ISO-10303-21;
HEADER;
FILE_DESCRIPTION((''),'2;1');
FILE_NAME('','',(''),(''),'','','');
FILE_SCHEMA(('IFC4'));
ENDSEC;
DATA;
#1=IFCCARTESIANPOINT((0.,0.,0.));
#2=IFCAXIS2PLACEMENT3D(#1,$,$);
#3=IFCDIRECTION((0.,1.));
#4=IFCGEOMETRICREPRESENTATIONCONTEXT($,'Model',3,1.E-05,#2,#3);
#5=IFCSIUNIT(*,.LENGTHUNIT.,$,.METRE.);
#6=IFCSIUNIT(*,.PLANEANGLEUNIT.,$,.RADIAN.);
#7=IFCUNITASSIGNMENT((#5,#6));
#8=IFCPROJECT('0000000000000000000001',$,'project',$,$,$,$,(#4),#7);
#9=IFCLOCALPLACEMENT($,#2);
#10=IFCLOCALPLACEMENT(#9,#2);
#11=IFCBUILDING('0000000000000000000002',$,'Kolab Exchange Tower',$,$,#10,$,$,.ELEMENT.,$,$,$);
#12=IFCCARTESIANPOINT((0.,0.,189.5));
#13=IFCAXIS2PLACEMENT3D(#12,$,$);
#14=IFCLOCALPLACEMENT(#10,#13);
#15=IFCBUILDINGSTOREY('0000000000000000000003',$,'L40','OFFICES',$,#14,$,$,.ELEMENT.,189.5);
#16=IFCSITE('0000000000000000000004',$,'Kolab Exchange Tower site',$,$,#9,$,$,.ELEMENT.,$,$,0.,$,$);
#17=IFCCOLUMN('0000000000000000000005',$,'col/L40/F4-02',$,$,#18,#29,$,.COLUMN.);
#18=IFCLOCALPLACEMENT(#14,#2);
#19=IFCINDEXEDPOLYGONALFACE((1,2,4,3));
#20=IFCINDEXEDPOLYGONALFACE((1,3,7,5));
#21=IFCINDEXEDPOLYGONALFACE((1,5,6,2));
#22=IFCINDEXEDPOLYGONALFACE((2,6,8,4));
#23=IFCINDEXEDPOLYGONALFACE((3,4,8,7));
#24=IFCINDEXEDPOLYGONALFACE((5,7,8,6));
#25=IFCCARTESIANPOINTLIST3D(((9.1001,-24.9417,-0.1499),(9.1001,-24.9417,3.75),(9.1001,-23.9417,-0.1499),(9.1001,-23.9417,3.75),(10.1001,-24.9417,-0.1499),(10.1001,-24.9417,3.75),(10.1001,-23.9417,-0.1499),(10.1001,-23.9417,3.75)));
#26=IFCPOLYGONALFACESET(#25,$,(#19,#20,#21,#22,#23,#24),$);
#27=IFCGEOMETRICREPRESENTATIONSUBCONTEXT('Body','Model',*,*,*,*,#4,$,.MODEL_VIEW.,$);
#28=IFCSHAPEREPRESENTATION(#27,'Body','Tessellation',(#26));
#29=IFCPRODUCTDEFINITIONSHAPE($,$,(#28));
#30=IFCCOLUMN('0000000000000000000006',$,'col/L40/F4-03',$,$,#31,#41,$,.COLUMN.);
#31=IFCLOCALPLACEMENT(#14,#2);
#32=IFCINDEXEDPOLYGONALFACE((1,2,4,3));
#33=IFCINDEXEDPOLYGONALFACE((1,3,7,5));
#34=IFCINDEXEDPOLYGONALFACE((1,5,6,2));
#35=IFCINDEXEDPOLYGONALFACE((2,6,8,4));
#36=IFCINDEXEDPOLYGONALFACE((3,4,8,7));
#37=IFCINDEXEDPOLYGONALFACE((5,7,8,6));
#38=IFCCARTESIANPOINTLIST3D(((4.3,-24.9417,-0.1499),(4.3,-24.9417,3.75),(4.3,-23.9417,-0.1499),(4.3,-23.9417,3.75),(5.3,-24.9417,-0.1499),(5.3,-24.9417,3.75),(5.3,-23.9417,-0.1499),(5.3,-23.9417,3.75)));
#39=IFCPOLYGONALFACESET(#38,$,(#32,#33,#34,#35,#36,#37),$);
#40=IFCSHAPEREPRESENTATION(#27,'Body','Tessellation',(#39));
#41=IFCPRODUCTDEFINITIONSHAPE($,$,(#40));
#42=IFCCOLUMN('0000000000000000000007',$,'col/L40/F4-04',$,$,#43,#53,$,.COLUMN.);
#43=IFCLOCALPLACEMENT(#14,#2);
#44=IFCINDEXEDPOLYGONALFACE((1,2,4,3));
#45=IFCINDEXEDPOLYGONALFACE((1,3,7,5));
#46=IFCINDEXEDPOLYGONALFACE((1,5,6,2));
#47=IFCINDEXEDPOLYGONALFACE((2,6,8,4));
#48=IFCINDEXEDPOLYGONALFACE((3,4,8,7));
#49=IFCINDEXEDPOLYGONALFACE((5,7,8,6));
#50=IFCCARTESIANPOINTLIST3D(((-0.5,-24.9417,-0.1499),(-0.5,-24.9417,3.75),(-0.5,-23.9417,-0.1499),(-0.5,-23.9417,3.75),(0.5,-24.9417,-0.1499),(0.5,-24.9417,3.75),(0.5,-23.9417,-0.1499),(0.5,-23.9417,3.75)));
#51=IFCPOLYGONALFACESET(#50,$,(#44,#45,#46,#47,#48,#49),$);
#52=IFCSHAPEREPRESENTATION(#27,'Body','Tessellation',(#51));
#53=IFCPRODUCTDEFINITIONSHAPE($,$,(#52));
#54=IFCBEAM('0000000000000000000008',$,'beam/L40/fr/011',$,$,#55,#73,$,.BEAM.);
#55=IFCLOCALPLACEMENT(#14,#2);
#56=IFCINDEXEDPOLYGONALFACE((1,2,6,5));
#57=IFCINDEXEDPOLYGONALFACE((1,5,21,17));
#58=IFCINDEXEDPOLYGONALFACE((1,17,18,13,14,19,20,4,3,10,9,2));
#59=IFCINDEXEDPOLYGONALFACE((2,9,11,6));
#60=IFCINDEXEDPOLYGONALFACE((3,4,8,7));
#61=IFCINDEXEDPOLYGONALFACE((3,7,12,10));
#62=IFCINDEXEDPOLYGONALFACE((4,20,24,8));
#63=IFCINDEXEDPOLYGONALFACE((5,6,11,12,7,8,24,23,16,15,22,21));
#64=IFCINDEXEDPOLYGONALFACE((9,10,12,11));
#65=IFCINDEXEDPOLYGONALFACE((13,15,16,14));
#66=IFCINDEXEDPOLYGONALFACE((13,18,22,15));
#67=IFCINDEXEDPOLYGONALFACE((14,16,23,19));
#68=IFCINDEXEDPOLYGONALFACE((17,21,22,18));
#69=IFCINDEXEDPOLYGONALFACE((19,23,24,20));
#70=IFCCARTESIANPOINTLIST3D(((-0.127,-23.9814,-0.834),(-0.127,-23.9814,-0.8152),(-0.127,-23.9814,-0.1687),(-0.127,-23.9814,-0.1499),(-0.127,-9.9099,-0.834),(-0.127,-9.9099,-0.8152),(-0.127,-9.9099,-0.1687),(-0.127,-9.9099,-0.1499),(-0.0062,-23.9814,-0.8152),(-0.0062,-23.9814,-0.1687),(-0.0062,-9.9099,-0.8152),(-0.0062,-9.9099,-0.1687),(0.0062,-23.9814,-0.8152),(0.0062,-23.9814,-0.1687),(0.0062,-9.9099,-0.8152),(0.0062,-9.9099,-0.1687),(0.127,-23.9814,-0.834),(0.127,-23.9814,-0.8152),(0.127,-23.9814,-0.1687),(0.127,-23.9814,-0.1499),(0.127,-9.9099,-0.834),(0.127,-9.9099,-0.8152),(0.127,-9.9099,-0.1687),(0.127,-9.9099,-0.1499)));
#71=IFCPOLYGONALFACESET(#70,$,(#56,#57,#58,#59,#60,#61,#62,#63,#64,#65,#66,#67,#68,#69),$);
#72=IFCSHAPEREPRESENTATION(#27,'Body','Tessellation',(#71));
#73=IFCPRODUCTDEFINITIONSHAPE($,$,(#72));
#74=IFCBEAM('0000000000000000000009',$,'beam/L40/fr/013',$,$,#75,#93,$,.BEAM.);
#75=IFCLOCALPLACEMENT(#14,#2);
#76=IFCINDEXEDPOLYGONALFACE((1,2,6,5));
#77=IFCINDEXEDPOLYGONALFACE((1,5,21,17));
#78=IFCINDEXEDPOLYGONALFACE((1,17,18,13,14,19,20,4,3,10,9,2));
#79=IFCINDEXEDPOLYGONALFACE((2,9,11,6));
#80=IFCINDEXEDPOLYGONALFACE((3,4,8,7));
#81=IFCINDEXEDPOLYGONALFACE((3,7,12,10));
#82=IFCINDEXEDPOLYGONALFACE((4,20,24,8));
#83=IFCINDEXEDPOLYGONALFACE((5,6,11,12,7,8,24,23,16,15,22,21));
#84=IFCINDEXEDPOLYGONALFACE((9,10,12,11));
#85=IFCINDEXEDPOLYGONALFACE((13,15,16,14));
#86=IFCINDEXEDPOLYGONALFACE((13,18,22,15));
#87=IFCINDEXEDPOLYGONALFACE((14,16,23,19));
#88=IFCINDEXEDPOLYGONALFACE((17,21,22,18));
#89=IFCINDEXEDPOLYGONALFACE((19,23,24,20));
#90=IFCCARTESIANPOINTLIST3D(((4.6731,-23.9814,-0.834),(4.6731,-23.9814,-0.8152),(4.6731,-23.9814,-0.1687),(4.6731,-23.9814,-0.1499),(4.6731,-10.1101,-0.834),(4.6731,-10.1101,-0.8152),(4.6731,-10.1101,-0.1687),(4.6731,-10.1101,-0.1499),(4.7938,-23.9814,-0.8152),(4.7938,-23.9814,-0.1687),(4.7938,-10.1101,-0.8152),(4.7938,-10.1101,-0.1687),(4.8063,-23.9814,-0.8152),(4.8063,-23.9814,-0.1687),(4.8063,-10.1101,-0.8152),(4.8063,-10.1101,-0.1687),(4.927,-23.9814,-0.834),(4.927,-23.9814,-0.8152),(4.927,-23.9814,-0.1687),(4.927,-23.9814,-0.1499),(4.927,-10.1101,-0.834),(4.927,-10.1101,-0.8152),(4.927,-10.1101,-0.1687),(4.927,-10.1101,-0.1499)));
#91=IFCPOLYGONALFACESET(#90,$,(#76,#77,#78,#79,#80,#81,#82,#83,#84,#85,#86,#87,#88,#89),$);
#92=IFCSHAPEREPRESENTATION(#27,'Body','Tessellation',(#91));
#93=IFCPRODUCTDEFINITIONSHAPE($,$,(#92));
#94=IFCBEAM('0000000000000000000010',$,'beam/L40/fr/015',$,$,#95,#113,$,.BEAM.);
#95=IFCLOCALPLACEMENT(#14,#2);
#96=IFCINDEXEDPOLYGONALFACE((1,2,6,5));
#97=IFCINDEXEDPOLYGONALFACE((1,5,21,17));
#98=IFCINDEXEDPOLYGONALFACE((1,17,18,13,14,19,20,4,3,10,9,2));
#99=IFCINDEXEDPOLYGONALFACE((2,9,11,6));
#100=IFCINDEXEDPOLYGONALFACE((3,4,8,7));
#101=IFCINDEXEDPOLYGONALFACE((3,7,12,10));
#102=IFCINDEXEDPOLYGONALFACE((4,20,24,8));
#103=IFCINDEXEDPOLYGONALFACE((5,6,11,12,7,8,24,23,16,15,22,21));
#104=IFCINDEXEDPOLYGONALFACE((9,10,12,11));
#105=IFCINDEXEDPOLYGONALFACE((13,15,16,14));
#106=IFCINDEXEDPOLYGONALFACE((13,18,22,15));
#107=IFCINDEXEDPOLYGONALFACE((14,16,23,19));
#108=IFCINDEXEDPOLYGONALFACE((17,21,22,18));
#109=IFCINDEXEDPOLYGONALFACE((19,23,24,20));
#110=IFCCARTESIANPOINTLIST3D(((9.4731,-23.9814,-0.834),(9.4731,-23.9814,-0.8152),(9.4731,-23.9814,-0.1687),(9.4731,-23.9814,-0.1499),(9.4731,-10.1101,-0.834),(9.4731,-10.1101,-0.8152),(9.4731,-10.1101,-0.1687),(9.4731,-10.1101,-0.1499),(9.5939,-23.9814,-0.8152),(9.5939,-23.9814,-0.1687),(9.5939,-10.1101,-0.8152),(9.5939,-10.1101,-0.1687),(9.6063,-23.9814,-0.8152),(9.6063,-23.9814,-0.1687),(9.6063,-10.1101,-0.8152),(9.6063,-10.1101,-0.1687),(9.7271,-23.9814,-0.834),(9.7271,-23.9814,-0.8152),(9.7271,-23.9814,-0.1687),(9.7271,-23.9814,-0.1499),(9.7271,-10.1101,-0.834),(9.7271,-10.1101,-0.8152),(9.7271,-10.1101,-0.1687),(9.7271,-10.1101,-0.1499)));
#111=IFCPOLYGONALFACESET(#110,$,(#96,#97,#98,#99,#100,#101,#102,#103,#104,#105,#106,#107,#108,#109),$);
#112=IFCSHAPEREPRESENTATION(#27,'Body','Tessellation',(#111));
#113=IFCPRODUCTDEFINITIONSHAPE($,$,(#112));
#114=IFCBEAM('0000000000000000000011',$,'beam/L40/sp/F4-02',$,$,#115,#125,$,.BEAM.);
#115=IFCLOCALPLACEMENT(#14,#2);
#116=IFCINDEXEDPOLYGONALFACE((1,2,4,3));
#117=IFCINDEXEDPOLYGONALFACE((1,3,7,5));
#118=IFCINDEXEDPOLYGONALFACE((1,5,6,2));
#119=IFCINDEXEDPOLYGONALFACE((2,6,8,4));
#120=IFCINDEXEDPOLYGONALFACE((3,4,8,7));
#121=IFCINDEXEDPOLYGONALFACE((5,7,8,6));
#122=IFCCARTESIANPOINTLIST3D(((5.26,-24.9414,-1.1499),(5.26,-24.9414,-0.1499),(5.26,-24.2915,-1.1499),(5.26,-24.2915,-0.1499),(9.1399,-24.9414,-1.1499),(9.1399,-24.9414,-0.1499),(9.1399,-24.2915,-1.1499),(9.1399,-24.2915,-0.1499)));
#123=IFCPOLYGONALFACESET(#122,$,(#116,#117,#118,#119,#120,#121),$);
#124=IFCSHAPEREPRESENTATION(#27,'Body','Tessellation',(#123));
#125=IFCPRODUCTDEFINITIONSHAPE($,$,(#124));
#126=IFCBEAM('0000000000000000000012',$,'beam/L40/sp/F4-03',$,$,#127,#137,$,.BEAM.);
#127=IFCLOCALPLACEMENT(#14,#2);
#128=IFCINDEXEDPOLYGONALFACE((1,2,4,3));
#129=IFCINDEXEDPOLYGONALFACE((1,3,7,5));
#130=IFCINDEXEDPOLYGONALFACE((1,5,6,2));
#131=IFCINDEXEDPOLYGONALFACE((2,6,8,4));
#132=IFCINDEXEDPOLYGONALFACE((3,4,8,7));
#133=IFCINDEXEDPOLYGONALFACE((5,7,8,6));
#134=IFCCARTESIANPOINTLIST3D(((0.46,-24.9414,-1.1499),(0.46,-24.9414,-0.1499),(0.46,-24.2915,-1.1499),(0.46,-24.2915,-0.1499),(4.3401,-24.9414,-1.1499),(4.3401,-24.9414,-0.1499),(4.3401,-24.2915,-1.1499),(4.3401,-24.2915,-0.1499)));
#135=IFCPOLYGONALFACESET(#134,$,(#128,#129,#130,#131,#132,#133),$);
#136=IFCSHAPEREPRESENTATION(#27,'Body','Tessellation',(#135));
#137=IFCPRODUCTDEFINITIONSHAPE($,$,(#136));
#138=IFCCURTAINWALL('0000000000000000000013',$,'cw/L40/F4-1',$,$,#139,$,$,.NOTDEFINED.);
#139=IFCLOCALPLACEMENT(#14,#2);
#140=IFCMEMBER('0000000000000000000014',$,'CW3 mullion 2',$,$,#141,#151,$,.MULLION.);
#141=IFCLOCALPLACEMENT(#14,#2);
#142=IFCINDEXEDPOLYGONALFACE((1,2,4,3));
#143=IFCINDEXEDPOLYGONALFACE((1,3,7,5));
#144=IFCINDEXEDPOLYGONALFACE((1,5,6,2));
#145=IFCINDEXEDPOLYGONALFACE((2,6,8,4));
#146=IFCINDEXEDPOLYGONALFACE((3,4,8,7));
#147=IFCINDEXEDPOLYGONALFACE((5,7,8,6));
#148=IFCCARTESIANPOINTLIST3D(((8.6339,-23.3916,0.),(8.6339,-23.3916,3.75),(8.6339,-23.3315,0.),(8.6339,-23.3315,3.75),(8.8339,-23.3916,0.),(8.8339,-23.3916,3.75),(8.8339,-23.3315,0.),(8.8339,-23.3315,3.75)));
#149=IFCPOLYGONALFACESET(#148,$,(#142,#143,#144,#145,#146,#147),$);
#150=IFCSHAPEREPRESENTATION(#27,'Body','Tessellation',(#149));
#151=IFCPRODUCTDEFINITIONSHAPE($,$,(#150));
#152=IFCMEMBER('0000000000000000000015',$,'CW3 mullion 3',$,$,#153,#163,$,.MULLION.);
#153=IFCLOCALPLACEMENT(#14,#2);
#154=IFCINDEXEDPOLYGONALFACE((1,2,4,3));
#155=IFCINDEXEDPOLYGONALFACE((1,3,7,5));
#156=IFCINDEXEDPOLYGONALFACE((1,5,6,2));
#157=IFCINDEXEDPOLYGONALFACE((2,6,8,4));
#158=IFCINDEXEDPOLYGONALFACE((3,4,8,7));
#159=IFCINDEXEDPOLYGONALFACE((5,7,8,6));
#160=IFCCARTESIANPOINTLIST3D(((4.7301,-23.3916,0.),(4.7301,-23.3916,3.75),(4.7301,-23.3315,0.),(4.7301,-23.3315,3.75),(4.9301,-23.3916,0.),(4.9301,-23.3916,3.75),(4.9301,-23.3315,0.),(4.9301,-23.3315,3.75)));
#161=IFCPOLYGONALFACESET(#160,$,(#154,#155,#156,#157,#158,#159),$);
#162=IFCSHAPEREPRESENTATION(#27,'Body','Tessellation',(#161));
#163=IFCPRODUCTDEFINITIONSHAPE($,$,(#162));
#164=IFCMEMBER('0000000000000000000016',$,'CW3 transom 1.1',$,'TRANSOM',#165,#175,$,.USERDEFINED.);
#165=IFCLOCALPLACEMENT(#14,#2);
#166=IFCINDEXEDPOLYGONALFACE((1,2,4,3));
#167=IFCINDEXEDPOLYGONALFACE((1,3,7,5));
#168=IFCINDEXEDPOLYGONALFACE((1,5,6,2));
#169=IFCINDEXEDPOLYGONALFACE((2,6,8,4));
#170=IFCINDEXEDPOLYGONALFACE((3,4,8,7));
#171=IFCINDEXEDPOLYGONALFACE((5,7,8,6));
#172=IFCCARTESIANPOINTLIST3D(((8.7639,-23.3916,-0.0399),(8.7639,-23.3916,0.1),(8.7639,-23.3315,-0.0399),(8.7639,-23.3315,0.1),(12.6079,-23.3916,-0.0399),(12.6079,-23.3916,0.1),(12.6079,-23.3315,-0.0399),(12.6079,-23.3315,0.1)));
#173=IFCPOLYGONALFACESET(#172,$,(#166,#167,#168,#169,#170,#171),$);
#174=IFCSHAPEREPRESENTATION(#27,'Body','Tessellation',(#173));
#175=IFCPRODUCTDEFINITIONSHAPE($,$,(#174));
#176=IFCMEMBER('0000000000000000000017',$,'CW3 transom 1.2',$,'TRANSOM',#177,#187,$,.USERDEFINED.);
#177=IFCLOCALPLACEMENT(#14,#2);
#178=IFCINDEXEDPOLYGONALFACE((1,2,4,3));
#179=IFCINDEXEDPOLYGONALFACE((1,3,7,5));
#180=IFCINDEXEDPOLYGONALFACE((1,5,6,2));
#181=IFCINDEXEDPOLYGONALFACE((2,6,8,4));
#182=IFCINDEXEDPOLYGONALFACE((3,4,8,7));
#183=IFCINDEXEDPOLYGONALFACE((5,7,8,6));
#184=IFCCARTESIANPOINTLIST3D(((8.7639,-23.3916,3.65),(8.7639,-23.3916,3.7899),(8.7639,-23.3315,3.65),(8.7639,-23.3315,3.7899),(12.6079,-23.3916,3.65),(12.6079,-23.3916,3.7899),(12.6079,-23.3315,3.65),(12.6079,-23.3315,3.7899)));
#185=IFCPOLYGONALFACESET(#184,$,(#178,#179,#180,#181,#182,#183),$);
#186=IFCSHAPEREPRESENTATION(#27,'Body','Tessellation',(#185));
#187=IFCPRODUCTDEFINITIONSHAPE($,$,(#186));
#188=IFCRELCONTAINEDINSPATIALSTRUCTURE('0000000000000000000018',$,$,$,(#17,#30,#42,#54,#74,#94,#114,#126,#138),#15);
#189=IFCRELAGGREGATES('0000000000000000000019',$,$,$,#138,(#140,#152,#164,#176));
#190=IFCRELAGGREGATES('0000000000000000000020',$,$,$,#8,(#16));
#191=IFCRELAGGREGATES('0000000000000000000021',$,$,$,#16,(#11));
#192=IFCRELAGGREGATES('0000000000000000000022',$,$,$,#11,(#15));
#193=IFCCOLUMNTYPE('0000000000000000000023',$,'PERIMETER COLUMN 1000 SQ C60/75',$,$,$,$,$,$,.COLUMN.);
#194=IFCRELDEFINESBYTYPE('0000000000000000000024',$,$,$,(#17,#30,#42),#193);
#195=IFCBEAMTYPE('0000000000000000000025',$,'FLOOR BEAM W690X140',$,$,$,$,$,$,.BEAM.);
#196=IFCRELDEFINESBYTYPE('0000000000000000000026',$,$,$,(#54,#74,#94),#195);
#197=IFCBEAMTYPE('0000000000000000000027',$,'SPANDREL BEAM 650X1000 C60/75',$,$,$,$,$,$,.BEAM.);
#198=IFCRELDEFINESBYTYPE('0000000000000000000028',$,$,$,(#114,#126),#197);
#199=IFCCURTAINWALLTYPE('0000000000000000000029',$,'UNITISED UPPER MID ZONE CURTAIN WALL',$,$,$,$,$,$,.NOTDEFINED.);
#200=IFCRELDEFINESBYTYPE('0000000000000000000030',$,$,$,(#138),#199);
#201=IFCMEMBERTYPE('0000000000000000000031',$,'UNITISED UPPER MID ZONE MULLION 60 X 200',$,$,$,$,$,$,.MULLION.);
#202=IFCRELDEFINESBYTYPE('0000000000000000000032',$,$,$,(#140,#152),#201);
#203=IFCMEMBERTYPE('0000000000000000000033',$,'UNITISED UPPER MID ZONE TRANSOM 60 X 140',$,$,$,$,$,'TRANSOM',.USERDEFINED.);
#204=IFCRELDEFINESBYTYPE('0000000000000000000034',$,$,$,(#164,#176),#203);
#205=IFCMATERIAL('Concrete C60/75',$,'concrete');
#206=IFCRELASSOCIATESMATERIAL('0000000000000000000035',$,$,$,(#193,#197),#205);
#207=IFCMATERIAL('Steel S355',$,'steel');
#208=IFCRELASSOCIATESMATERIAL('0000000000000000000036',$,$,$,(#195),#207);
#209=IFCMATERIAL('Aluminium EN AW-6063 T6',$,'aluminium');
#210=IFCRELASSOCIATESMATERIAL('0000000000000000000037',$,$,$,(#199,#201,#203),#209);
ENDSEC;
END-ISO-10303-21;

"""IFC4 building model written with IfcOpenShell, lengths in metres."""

from ifc_helpers import new_model, si_unit, direction, frame, origin, origin_2d, place, context, subcontext, project, spatial, rectangle, i_section, extrude, material, material_profile, profile_set, type_object, element, aggregate, save


model = new_model("IFC4")

# Units and contexts
model_context = context("Model", 3, precision=1e-05, world=origin(), true_north=direction((0.0, 1.0)))
body_context = subcontext(model_context, "Body", "Model", "MODEL_VIEW")
ifc_project = project(units=[si_unit("LENGTHUNIT", "METRE"), si_unit("PLANEANGLEUNIT", "RADIAN")], contexts=[model_context])

# Site, building, storey
site_placement = place(None, origin())
site = spatial("IfcSite", under=ifc_project, at=site_placement, Name="Kolab Exchange Tower site", CompositionType="ELEMENT", RefElevation=0.0)
building_placement = place(site_placement, origin())
building = spatial("IfcBuilding", under=site, at=building_placement, Name="Kolab Exchange Tower", CompositionType="ELEMENT")
storey_placement = place(building_placement, frame((0.0, 0.0, 189.5)))
storey = spatial("IfcBuildingStorey", under=building, at=storey_placement, Name="L40", Description="OFFICES", CompositionType="ELEMENT", Elevation=189.5)

# Columns
ifc_material_1 = material(Name="Concrete C60/75", Category="concrete")
ifc_material_profile_1 = material_profile(ifc_material_1, rectangle(XDim=1.0, YDim=1.0, at=origin_2d()), Name="RC1000")
ifc_profile_set_1 = profile_set([ifc_material_profile_1], Name="Concrete C60/75")
column_type = type_object("IfcColumnType", Name="PERIMETER COLUMN 1000 SQ C60/75", PredefinedType="COLUMN", material=ifc_profile_set_1)
for number, where, z_axis, x_axis, name in (
    (1, (9.6001, -24.4417, -0.1499), (0.0, 0.0, 1.0), (1.0, 0.0, 0.0), "col/L40/F4-02"),
    (2, (4.8, -24.4417, -0.1499), (0.0, 0.0, 1.0), (1.0, 0.0, 0.0), "col/L40/F4-03"),
    (3, (0.0, -24.4417, -0.1499), (0.0, 0.0, 1.0), (1.0, 0.0, 0.0), "col/L40/F4-04"),
):
    element("IfcColumn", number, at=place(storey_placement, frame(where, z_axis=z_axis, x_axis=x_axis)), inside=storey, type_object=column_type, Name=name, PredefinedType="COLUMN", context=body_context, shape_type="SweptSolid", body=[
        extrude(rectangle(XDim=1.0, YDim=1.0, at=origin_2d()), origin(), (0.0, 0.0, 1.0), 3.8999),
    ])

# Beams
ifc_material_2 = material(Name="Steel S355", Category="steel")
ifc_material_profile_2 = material_profile(ifc_material_2, i_section(OverallWidth=0.2539, OverallDepth=0.6841, WebThickness=0.0125, FlangeThickness=0.0188, at=origin_2d()), Name="W690X140")
ifc_profile_set_2 = profile_set([ifc_material_profile_2], Name="Steel S355")
beam_type_1 = type_object("IfcBeamType", Name="FLOOR BEAM W690X140", PredefinedType="BEAM", material=ifc_profile_set_2)
beam_1_placement = place(storey_placement, frame((0.0, -23.9814, -0.4919), z_axis=(0.0, 1.0, 0.0), x_axis=(-1.0, 0.0, 0.0)))
element("IfcBeam", 4, at=beam_1_placement, inside=storey, type_object=beam_type_1, Name="beam/L40/fr/011", PredefinedType="BEAM", context=body_context, shape_type="SweptSolid", body=[
    extrude(i_section(OverallWidth=0.2539, OverallDepth=0.6841, WebThickness=0.0125, FlangeThickness=0.0188, at=origin_2d()), origin(), (0.0, 0.0, 1.0), 14.0715),
])
for number, where, z_axis, x_axis, name in (
    (5, (4.8, -23.9814, -0.4919), (0.0, 1.0, 0.0), (-1.0, 0.0, 0.0), "beam/L40/fr/013"),
    (6, (9.6001, -23.9814, -0.4919), (0.0, 1.0, 0.0), (-1.0, 0.0, 0.0), "beam/L40/fr/015"),
):
    element("IfcBeam", number, at=place(storey_placement, frame(where, z_axis=z_axis, x_axis=x_axis)), inside=storey, type_object=beam_type_1, Name=name, PredefinedType="BEAM", context=body_context, shape_type="SweptSolid", body=[
        extrude(i_section(OverallWidth=0.2539, OverallDepth=0.6841, WebThickness=0.0125, FlangeThickness=0.0188, at=origin_2d()), origin(), (0.0, 0.0, 1.0), 13.8713),
    ])
ifc_material_profile_3 = material_profile(ifc_material_1, rectangle(XDim=0.6499, YDim=1.0, at=origin_2d()), Name="RC650X1000")
ifc_profile_set_3 = profile_set([ifc_material_profile_3], Name="Concrete C60/75")
beam_type_2 = type_object("IfcBeamType", Name="SPANDREL BEAM 650X1000 C60/75", PredefinedType="BEAM", material=ifc_profile_set_3)
beam_2_placement = place(storey_placement, frame((9.1399, -24.6165, -0.6499), z_axis=(-1.0, 0.0, 0.0), x_axis=(0.0, -1.0, 0.0)))
element("IfcBeam", 7, at=beam_2_placement, inside=storey, type_object=beam_type_2, Name="beam/L40/sp/F4-02", PredefinedType="BEAM", context=body_context, shape_type="SweptSolid", body=[
    extrude(rectangle(XDim=0.6499, YDim=1.0, at=origin_2d()), origin(), (0.0, 0.0, 1.0), 3.8799),
])
beam_3_placement = place(storey_placement, frame((4.3401, -24.6165, -0.6499), z_axis=(-1.0, 0.0, 0.0), x_axis=(0.0, -1.0, 0.0)))
element("IfcBeam", 8, at=beam_3_placement, inside=storey, type_object=beam_type_2, Name="beam/L40/sp/F4-03", PredefinedType="BEAM", context=body_context, shape_type="SweptSolid", body=[
    extrude(rectangle(XDim=0.6499, YDim=1.0, at=origin_2d()), origin(), (0.0, 0.0, 1.0), 3.8801),
])

# Curtain wall, members
ifc_material_3 = material(Name="Aluminium EN AW-6063 T6", Category="aluminium")
curtain_wall_type = type_object("IfcCurtainWallType", Name="UNITISED UPPER MID ZONE CURTAIN WALL", PredefinedType="NOTDEFINED", material=ifc_material_3)
curtain_wall_placement = place(storey_placement, origin())
curtain_wall = element("IfcCurtainWall", 9, at=curtain_wall_placement, inside=storey, type_object=curtain_wall_type, Name="cw/L40/F4-1", PredefinedType="NOTDEFINED")
ifc_material_profile_4 = material_profile(ifc_material_3, rectangle(XDim=0.0601, YDim=0.2, at=origin_2d()), Name="RECT 60X200")
ifc_profile_set_4 = profile_set([ifc_material_profile_4], Name="Aluminium EN AW-6063 T6")
member_type_1 = type_object("IfcMemberType", Name="UNITISED UPPER MID ZONE MULLION 60 X 200", PredefinedType="MULLION", material=ifc_profile_set_4)
member_1_placement = place(storey_placement, frame((8.7339, -23.3616, 0.0), z_axis=(0.0, 0.0, 1.0), x_axis=(0.0, -1.0, 0.0)))
member_1 = element("IfcMember", 10, at=member_1_placement, type_object=member_type_1, Name="CW3 mullion 2", PredefinedType="MULLION", context=body_context, shape_type="SweptSolid", body=[
    extrude(rectangle(XDim=0.0601, YDim=0.2, at=origin_2d()), origin(), (0.0, 0.0, 1.0), 3.75),
])
member_2_placement = place(storey_placement, frame((4.8301, -23.3616, 0.0), z_axis=(0.0, 0.0, 1.0), x_axis=(0.0, -1.0, 0.0)))
member_2 = element("IfcMember", 11, at=member_2_placement, type_object=member_type_1, Name="CW3 mullion 3", PredefinedType="MULLION", context=body_context, shape_type="SweptSolid", body=[
    extrude(rectangle(XDim=0.0601, YDim=0.2, at=origin_2d()), origin(), (0.0, 0.0, 1.0), 3.75),
])
ifc_material_profile_5 = material_profile(ifc_material_3, rectangle(XDim=0.0601, YDim=0.1399, at=origin_2d()), Name="RECT 60X140")
ifc_profile_set_5 = profile_set([ifc_material_profile_5], Name="Aluminium EN AW-6063 T6")
member_type_2 = type_object("IfcMemberType", Name="UNITISED UPPER MID ZONE TRANSOM 60 X 140", ElementType="TRANSOM", PredefinedType="USERDEFINED", material=ifc_profile_set_5)
member_3_placement = place(storey_placement, frame((12.6079, -23.3616, 0.03), z_axis=(-1.0, 0.0, 0.0), x_axis=(0.0, -1.0, 0.0)))
member_3 = element("IfcMember", 12, at=member_3_placement, type_object=member_type_2, Name="CW3 transom 1.1", ObjectType="TRANSOM", PredefinedType="USERDEFINED", context=body_context, shape_type="SweptSolid", body=[
    extrude(rectangle(XDim=0.0601, YDim=0.1399, at=origin_2d()), origin(), (0.0, 0.0, 1.0), 3.844),
])
member_4_placement = place(storey_placement, frame((12.6079, -23.3616, 3.72), z_axis=(-1.0, 0.0, 0.0), x_axis=(0.0, -1.0, 0.0)))
member_4 = element("IfcMember", 13, at=member_4_placement, type_object=member_type_2, Name="CW3 transom 1.2", ObjectType="TRANSOM", PredefinedType="USERDEFINED", context=body_context, shape_type="SweptSolid", body=[
    extrude(rectangle(XDim=0.0601, YDim=0.1399, at=origin_2d()), origin(), (0.0, 0.0, 1.0), 3.844),
])
aggregate(curtain_wall, [member_1, member_2, member_3, member_4])

save(model, "model.ifc")
